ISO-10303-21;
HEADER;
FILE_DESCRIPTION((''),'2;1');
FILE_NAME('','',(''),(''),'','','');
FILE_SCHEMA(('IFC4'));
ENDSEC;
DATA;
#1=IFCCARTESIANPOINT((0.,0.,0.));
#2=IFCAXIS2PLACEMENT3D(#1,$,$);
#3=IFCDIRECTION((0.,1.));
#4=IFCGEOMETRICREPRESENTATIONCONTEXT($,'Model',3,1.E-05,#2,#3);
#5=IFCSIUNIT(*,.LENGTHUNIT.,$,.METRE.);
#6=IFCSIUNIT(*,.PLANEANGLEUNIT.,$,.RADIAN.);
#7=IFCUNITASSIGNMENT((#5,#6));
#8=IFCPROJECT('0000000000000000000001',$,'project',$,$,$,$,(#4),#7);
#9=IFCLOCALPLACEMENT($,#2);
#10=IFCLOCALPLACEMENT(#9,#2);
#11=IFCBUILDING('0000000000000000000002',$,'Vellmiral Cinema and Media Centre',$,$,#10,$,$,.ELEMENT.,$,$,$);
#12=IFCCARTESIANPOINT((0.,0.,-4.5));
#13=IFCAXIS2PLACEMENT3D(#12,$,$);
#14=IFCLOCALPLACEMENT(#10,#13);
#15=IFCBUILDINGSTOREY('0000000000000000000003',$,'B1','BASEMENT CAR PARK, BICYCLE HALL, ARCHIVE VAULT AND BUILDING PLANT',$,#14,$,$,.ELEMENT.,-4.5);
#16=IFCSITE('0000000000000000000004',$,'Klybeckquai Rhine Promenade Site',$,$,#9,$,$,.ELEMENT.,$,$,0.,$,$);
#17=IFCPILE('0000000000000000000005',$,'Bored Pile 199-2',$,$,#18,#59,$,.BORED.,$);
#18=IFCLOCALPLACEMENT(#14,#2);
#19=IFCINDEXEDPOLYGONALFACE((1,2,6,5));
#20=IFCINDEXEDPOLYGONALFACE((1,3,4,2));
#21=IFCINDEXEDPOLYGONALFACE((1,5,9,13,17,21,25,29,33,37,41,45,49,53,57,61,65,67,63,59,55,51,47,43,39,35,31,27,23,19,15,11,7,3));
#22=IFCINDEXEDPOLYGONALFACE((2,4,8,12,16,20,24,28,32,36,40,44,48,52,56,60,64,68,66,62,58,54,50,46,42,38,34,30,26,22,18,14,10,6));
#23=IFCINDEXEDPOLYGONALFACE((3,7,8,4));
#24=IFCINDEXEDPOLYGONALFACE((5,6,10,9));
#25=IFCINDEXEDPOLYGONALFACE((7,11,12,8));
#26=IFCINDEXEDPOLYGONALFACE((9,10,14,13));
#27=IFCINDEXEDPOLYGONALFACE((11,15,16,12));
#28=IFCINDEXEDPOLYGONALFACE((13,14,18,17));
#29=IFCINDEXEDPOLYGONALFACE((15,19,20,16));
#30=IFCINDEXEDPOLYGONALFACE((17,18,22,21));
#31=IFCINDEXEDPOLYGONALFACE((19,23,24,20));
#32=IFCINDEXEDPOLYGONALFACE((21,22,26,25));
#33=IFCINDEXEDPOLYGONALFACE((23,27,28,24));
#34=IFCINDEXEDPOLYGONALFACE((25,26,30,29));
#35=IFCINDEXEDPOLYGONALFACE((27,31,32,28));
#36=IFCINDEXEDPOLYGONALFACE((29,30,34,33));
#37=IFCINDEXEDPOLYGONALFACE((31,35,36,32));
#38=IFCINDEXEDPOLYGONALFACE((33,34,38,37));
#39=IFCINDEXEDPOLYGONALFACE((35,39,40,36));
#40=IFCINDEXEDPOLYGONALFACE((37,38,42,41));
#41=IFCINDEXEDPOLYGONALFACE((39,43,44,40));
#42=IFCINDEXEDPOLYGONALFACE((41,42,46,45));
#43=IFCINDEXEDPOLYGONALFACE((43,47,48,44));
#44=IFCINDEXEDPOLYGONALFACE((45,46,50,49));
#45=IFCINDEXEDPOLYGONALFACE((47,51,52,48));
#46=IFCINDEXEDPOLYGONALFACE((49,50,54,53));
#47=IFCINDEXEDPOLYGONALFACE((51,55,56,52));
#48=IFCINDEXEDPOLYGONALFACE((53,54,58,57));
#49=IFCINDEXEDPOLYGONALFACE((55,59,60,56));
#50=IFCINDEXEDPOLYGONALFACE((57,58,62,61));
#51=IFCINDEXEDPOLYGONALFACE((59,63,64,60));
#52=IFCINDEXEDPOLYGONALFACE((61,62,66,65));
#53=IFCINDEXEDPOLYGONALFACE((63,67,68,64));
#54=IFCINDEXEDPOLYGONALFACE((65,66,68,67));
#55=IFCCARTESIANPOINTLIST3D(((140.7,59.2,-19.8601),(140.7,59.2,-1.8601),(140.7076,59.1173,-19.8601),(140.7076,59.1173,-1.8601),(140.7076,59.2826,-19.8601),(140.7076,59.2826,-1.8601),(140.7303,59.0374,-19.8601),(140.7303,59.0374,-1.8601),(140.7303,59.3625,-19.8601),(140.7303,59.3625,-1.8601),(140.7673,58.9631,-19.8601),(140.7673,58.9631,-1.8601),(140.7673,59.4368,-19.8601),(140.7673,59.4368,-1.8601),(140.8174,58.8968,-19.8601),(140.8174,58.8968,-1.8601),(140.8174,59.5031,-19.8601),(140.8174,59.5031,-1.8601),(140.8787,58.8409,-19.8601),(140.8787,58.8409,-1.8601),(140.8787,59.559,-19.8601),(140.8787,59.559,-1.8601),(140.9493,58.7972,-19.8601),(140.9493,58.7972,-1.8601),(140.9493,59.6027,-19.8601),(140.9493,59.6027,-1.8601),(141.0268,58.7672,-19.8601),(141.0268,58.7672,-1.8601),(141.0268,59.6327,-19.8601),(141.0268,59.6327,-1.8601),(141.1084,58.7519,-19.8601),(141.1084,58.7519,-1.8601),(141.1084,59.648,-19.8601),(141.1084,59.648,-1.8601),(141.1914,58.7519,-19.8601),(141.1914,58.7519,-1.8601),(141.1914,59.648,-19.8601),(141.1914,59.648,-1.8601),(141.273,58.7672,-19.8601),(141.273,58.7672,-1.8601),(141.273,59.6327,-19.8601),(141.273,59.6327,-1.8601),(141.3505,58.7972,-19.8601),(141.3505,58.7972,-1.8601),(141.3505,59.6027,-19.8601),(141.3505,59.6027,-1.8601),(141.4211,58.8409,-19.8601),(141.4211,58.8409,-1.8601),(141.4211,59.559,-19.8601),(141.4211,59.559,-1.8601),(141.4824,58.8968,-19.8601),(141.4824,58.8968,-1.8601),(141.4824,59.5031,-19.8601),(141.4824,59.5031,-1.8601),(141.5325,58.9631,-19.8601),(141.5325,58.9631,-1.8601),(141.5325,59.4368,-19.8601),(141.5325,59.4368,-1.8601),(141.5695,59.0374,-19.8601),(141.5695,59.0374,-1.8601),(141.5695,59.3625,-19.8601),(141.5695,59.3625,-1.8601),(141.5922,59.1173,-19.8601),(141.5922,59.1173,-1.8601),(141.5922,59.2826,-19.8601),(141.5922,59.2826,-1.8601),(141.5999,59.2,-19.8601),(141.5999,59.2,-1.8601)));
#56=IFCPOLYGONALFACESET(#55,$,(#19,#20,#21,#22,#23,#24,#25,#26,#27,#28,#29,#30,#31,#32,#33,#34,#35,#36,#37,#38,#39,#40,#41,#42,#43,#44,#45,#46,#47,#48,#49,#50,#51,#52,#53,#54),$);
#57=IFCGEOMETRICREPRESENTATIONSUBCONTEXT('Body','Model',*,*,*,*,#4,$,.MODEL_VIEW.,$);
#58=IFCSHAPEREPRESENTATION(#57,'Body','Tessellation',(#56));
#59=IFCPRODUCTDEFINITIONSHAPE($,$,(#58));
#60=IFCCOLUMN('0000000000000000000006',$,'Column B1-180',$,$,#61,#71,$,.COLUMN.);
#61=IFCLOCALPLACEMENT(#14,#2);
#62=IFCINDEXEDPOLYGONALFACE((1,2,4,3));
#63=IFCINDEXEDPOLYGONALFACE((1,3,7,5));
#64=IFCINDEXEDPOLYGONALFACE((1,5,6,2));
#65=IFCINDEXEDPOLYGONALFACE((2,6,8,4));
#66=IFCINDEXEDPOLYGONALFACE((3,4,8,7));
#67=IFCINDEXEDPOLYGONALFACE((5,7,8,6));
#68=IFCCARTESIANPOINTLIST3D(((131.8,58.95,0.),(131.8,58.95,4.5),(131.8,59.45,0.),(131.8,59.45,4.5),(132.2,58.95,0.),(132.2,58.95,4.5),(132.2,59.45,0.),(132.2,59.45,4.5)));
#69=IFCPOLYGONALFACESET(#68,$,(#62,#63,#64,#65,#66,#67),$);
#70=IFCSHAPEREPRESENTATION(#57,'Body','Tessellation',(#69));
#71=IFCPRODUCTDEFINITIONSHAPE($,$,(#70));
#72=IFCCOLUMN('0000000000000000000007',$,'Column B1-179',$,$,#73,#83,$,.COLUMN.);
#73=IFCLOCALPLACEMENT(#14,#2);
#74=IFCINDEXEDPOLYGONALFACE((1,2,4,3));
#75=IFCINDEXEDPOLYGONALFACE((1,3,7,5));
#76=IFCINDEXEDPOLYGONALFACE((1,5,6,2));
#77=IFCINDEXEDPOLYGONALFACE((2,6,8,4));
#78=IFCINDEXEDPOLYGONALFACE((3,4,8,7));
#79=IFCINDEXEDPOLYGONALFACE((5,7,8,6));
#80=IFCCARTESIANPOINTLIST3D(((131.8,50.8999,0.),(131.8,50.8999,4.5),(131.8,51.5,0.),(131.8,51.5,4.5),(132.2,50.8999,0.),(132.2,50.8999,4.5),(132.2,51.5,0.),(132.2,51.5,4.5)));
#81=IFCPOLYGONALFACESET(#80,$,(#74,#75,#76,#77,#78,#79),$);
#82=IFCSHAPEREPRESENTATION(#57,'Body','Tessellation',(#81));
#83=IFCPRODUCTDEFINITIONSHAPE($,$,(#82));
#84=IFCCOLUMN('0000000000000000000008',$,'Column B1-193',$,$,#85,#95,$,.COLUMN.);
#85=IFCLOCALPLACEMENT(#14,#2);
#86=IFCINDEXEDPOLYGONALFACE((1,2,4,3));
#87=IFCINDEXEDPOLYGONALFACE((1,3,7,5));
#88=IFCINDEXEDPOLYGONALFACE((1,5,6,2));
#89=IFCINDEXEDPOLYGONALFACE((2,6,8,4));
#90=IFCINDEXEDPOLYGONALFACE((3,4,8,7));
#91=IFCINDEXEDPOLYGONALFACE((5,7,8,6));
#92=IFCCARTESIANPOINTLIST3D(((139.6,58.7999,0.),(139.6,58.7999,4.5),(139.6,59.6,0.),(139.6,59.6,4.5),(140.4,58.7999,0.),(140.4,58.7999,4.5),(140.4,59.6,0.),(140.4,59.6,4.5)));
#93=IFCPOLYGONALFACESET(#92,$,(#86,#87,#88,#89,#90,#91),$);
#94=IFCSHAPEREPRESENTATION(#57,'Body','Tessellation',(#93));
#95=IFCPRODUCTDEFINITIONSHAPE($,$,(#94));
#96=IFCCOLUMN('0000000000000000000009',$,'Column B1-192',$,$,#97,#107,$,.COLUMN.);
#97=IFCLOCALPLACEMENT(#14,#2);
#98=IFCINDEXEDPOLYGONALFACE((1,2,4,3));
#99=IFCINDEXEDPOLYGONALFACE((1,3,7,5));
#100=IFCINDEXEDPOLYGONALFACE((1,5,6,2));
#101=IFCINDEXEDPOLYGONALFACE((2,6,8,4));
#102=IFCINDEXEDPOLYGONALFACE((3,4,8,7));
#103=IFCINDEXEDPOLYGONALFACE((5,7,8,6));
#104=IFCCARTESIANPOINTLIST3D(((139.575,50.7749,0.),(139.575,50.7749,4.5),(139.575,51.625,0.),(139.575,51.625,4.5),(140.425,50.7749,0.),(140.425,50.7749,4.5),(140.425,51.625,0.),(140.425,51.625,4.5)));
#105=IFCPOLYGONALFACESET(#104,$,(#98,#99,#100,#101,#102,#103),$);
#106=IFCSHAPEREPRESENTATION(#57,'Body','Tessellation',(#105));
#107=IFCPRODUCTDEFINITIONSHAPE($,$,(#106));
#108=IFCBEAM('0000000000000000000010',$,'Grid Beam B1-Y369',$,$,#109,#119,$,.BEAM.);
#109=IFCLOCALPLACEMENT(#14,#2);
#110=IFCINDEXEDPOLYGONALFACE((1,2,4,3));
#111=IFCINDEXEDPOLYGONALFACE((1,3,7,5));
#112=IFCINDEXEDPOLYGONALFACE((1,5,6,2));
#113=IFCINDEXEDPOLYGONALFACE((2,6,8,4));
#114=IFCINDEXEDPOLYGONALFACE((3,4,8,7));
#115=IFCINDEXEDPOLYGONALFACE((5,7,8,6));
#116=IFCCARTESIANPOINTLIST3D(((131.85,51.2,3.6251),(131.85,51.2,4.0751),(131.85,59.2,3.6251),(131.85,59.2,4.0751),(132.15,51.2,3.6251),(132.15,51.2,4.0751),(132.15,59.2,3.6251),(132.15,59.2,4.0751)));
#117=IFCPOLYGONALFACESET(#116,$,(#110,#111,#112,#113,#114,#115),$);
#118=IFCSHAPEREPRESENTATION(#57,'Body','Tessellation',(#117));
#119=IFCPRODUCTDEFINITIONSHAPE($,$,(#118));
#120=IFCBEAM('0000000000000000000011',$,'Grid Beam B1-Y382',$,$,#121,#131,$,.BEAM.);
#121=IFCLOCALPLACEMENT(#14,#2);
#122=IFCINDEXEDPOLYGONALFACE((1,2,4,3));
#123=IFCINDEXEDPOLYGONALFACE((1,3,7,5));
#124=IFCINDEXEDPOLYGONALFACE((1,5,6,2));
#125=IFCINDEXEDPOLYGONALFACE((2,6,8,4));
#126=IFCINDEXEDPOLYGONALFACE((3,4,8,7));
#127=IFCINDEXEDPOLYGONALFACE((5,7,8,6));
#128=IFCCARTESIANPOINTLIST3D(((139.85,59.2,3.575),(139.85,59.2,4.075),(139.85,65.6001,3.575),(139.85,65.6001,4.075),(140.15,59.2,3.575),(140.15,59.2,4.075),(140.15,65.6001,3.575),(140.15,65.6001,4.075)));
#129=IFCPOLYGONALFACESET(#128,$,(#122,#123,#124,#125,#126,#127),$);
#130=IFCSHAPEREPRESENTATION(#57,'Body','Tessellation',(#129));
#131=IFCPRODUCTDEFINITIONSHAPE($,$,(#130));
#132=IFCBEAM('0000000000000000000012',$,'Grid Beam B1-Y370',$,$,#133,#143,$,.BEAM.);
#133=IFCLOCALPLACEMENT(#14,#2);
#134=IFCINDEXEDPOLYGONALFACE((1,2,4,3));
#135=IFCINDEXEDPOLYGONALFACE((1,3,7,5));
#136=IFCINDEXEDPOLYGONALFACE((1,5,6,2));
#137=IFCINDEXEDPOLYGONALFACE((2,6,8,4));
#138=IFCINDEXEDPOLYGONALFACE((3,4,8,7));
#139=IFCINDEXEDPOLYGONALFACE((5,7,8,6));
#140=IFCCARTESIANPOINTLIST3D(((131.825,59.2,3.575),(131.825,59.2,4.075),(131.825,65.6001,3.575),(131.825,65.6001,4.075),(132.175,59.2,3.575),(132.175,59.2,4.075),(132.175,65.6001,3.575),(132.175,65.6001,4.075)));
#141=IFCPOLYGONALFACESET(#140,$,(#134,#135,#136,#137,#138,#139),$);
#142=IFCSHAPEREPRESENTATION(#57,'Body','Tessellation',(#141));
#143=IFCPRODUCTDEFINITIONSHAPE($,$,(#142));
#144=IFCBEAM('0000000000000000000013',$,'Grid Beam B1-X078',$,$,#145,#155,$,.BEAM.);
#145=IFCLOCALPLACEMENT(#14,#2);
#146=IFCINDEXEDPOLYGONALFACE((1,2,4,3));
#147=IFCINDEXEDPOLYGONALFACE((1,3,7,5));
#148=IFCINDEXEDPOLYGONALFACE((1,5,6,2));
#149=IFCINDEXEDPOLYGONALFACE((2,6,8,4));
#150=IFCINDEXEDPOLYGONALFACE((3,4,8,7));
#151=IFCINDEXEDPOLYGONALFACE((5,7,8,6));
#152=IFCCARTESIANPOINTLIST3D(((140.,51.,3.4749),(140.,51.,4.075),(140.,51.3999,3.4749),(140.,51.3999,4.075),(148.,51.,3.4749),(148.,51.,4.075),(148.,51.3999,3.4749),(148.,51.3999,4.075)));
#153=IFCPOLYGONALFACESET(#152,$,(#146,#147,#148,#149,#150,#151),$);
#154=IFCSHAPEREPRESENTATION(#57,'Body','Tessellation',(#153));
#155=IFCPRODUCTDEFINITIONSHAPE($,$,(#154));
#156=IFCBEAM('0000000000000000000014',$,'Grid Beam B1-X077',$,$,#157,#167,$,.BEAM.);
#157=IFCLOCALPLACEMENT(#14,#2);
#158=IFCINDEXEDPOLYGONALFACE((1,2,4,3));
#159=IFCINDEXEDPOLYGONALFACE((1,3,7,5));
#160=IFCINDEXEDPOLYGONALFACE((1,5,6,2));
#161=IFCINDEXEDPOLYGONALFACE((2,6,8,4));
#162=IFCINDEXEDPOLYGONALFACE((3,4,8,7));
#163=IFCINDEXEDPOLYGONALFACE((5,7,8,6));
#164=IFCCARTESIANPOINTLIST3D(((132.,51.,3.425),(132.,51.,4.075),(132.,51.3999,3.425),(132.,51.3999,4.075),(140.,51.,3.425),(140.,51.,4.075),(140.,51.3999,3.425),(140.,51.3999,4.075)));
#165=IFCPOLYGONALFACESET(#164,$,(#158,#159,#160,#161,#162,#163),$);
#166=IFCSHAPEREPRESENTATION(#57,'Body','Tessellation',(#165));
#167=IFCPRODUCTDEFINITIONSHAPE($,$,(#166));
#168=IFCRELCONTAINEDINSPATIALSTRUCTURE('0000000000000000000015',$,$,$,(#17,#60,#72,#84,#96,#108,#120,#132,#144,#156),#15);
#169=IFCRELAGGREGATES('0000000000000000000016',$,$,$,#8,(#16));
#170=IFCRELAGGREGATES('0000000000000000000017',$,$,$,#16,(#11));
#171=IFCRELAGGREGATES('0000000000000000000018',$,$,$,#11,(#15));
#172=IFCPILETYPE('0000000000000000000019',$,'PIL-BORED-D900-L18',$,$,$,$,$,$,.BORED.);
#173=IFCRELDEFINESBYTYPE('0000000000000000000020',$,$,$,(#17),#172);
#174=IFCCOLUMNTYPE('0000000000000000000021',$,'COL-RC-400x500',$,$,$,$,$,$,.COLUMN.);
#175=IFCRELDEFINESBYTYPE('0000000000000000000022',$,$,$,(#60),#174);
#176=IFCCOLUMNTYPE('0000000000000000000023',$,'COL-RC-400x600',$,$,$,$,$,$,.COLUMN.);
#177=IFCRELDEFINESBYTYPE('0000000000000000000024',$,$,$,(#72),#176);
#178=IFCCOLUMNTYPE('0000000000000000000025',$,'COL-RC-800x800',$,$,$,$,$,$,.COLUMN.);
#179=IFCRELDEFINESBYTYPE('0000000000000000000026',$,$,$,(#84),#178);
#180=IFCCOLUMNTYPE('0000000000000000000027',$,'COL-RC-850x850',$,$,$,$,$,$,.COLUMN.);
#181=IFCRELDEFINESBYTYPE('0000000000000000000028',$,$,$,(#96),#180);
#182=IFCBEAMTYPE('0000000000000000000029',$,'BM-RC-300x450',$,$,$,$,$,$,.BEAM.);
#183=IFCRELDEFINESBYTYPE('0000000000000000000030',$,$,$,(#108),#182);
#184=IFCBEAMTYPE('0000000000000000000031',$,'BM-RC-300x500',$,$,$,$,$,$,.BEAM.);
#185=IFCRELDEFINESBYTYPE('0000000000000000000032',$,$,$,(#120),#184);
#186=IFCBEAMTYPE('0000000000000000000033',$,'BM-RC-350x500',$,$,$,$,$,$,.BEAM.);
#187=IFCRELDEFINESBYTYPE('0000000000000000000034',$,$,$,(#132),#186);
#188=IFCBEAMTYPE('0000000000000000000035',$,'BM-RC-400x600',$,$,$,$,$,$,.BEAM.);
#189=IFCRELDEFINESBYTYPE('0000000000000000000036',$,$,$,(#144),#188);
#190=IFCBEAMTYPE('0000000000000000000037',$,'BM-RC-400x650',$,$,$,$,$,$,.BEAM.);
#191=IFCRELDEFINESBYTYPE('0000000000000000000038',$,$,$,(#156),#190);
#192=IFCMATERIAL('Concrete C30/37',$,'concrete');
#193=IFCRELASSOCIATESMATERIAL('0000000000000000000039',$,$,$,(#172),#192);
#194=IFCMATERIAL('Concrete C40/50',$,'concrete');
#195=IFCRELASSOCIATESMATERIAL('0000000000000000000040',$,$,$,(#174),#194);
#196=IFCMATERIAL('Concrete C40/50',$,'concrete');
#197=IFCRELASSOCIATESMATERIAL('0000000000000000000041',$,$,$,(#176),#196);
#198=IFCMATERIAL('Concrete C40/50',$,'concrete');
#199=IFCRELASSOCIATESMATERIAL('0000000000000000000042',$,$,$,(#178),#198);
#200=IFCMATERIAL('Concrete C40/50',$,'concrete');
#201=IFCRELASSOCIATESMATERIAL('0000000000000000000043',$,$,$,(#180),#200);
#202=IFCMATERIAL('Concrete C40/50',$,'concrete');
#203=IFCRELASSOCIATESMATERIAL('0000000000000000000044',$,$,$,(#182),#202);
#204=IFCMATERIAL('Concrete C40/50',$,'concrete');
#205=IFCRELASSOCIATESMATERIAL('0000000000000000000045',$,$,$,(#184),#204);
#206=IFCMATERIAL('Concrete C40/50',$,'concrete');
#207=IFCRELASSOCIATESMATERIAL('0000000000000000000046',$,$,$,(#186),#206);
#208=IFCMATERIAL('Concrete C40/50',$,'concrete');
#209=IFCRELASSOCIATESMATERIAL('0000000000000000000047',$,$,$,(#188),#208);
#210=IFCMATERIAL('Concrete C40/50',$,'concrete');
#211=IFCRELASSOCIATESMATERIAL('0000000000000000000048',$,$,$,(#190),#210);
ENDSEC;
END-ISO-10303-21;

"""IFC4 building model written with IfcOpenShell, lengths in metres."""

from ifc_helpers import new_model, si_unit, direction, frame, origin, origin_2d, place, context, subcontext, project, spatial, rectangle, circle, extrude, material, material_profile, profile_set, type_object, element, save


model = new_model("IFC4")

# Units and contexts
model_context = context("Model", 3, precision=1e-05, world=origin(), true_north=direction((0.0, 1.0)))
body_context = subcontext(model_context, "Body", "Model", "MODEL_VIEW")
ifc_project = project(units=[si_unit("LENGTHUNIT", "METRE"), si_unit("PLANEANGLEUNIT", "RADIAN")], contexts=[model_context])

# Site, building, storey
site_placement = place(None, origin())
site = spatial("IfcSite", under=ifc_project, at=site_placement, Name="Klybeckquai Rhine Promenade Site", CompositionType="ELEMENT", RefElevation=0.0)
building_placement = place(site_placement, origin())
building = spatial("IfcBuilding", under=site, at=building_placement, Name="Vellmiral Cinema and Media Centre", CompositionType="ELEMENT")
storey_placement = place(building_placement, frame((0.0, 0.0, -4.5)))
storey = spatial("IfcBuildingStorey", under=building, at=storey_placement, Name="B1", Description="BASEMENT CAR PARK, BICYCLE HALL, ARCHIVE VAULT AND BUILDING PLANT", CompositionType="ELEMENT", Elevation=-4.5)

# Pile
ifc_material_1 = material(Name="Concrete C30/37", Category="concrete")
ifc_material_profile_1 = material_profile(ifc_material_1, circle(Radius=0.45, at=origin_2d()), Name="PILE D900")
ifc_profile_set_1 = profile_set([ifc_material_profile_1], Name="Concrete C30/37")
pile_type_1 = type_object("IfcPileType", Name="PIL-BORED-D900-L18", PredefinedType="BORED", material=ifc_profile_set_1)
for number, where, z_axis, x_axis, name in (
    (1, (141.1499, 59.2, -1.8601), (0.0, 0.0, -1.0), (1.0, 0.0, 0.0), "Bored Pile 199-2"),
):
    element("IfcPile", number, at=place(storey_placement, frame(where, z_axis=z_axis, x_axis=x_axis)), inside=storey, type_object=pile_type_1, Name=name, PredefinedType="BORED", context=body_context, shape_type="SweptSolid", body=[
        extrude(circle(Radius=0.45, at=origin_2d()), origin(), (0.0, 0.0, 1.0), 18.0),
    ])

# Columns
ifc_material_2 = material(Name="Concrete C40/50", Category="concrete")
ifc_material_profile_2 = material_profile(ifc_material_2, rectangle(XDim=0.3999, YDim=0.5, at=origin_2d()), Name="RC 400x500")
ifc_profile_set_2 = profile_set([ifc_material_profile_2], Name="Concrete C40/50")
column_type_1 = type_object("IfcColumnType", Name="COL-RC-400x500", PredefinedType="COLUMN", material=ifc_profile_set_2)
column_1_placement = place(storey_placement, frame((132.0, 59.2, 0.0), z_axis=(0.0, 0.0, 1.0), x_axis=(1.0, 0.0, 0.0)))
element("IfcColumn", 2, at=column_1_placement, inside=storey, type_object=column_type_1, Name="Column B1-180", PredefinedType="COLUMN", context=body_context, shape_type="SweptSolid", body=[
    extrude(rectangle(XDim=0.3999, YDim=0.5, at=origin_2d()), origin(), (0.0, 0.0, 1.0), 4.5),
])
ifc_material_3 = material(Name="Concrete C40/50", Category="concrete")
ifc_material_profile_3 = material_profile(ifc_material_3, rectangle(XDim=0.3999, YDim=0.6001, at=origin_2d()), Name="RC 400x600")
ifc_profile_set_3 = profile_set([ifc_material_profile_3], Name="Concrete C40/50")
column_type_2 = type_object("IfcColumnType", Name="COL-RC-400x600", PredefinedType="COLUMN", material=ifc_profile_set_3)
column_2_placement = place(storey_placement, frame((132.0, 51.2, 0.0), z_axis=(0.0, 0.0, 1.0), x_axis=(1.0, 0.0, 0.0)))
element("IfcColumn", 3, at=column_2_placement, inside=storey, type_object=column_type_2, Name="Column B1-179", PredefinedType="COLUMN", context=body_context, shape_type="SweptSolid", body=[
    extrude(rectangle(XDim=0.3999, YDim=0.6001, at=origin_2d()), origin(), (0.0, 0.0, 1.0), 4.5),
])
ifc_material_4 = material(Name="Concrete C40/50", Category="concrete")
ifc_material_profile_4 = material_profile(ifc_material_4, rectangle(XDim=0.8, YDim=0.8, at=origin_2d()), Name="RC 800x800")
ifc_profile_set_4 = profile_set([ifc_material_profile_4], Name="Concrete C40/50")
column_type_3 = type_object("IfcColumnType", Name="COL-RC-800x800", PredefinedType="COLUMN", material=ifc_profile_set_4)
column_3_placement = place(storey_placement, frame((140.0, 59.2, 0.0), z_axis=(0.0, 0.0, 1.0), x_axis=(1.0, 0.0, 0.0)))
element("IfcColumn", 4, at=column_3_placement, inside=storey, type_object=column_type_3, Name="Column B1-193", PredefinedType="COLUMN", context=body_context, shape_type="SweptSolid", body=[
    extrude(rectangle(XDim=0.8, YDim=0.8, at=origin_2d()), origin(), (0.0, 0.0, 1.0), 4.5),
])
ifc_material_5 = material(Name="Concrete C40/50", Category="concrete")
ifc_material_profile_5 = material_profile(ifc_material_5, rectangle(XDim=0.8501, YDim=0.8501, at=origin_2d()), Name="RC 850x850")
ifc_profile_set_5 = profile_set([ifc_material_profile_5], Name="Concrete C40/50")
column_type_4 = type_object("IfcColumnType", Name="COL-RC-850x850", PredefinedType="COLUMN", material=ifc_profile_set_5)
column_4_placement = place(storey_placement, frame((140.0, 51.2, 0.0), z_axis=(0.0, 0.0, 1.0), x_axis=(1.0, 0.0, 0.0)))
element("IfcColumn", 5, at=column_4_placement, inside=storey, type_object=column_type_4, Name="Column B1-192", PredefinedType="COLUMN", context=body_context, shape_type="SweptSolid", body=[
    extrude(rectangle(XDim=0.8501, YDim=0.8501, at=origin_2d()), origin(), (0.0, 0.0, 1.0), 4.5),
])

# Beams
ifc_material_6 = material(Name="Concrete C40/50", Category="concrete")
ifc_material_profile_6 = material_profile(ifc_material_6, rectangle(XDim=0.3, YDim=0.45, at=origin_2d()), Name="RC 300x450")
ifc_profile_set_6 = profile_set([ifc_material_profile_6], Name="Concrete C40/50")
beam_type_1 = type_object("IfcBeamType", Name="BM-RC-300x450", PredefinedType="BEAM", material=ifc_profile_set_6)
beam_1_placement = place(storey_placement, frame((132.0, 51.2, 3.8501), z_axis=(0.0, 1.0, 0.0), x_axis=(-1.0, 0.0, 0.0)))
element("IfcBeam", 6, at=beam_1_placement, inside=storey, type_object=beam_type_1, Name="Grid Beam B1-Y369", PredefinedType="BEAM", context=body_context, shape_type="SweptSolid", body=[
    extrude(rectangle(XDim=0.3, YDim=0.45, at=origin_2d()), origin(), (0.0, 0.0, 1.0), 8.0),
])
ifc_material_7 = material(Name="Concrete C40/50", Category="concrete")
ifc_material_profile_7 = material_profile(ifc_material_7, rectangle(XDim=0.3, YDim=0.5, at=origin_2d()), Name="RC 300x500")
ifc_profile_set_7 = profile_set([ifc_material_profile_7], Name="Concrete C40/50")
beam_type_2 = type_object("IfcBeamType", Name="BM-RC-300x500", PredefinedType="BEAM", material=ifc_profile_set_7)
beam_2_placement = place(storey_placement, frame((140.0, 59.2, 3.825), z_axis=(0.0, 1.0, 0.0), x_axis=(-1.0, 0.0, 0.0)))
element("IfcBeam", 7, at=beam_2_placement, inside=storey, type_object=beam_type_2, Name="Grid Beam B1-Y382", PredefinedType="BEAM", context=body_context, shape_type="SweptSolid", body=[
    extrude(rectangle(XDim=0.3, YDim=0.5, at=origin_2d()), origin(), (0.0, 0.0, 1.0), 6.4001),
])
ifc_material_8 = material(Name="Concrete C40/50", Category="concrete")
ifc_material_profile_8 = material_profile(ifc_material_8, rectangle(XDim=0.3501, YDim=0.5, at=origin_2d()), Name="RC 350x500")
ifc_profile_set_8 = profile_set([ifc_material_profile_8], Name="Concrete C40/50")
beam_type_3 = type_object("IfcBeamType", Name="BM-RC-350x500", PredefinedType="BEAM", material=ifc_profile_set_8)
beam_3_placement = place(storey_placement, frame((132.0, 59.2, 3.825), z_axis=(0.0, 1.0, 0.0), x_axis=(-1.0, 0.0, 0.0)))
element("IfcBeam", 8, at=beam_3_placement, inside=storey, type_object=beam_type_3, Name="Grid Beam B1-Y370", PredefinedType="BEAM", context=body_context, shape_type="SweptSolid", body=[
    extrude(rectangle(XDim=0.3501, YDim=0.5, at=origin_2d()), origin(), (0.0, 0.0, 1.0), 6.4001),
])
ifc_material_9 = material(Name="Concrete C40/50", Category="concrete")
ifc_material_profile_9 = material_profile(ifc_material_9, rectangle(XDim=0.3999, YDim=0.6001, at=origin_2d()), Name="RC 400x600")
ifc_profile_set_9 = profile_set([ifc_material_profile_9], Name="Concrete C40/50")
beam_type_4 = type_object("IfcBeamType", Name="BM-RC-400x600", PredefinedType="BEAM", material=ifc_profile_set_9)
beam_4_placement = place(storey_placement, frame((140.0, 51.2, 3.7749), z_axis=(1.0, 0.0, 0.0), x_axis=(0.0, 1.0, 0.0)))
element("IfcBeam", 9, at=beam_4_placement, inside=storey, type_object=beam_type_4, Name="Grid Beam B1-X078", PredefinedType="BEAM", context=body_context, shape_type="SweptSolid", body=[
    extrude(rectangle(XDim=0.3999, YDim=0.6001, at=origin_2d()), origin(), (0.0, 0.0, 1.0), 8.0),
])
ifc_material_10 = material(Name="Concrete C40/50", Category="concrete")
ifc_material_profile_10 = material_profile(ifc_material_10, rectangle(XDim=0.3999, YDim=0.6499, at=origin_2d()), Name="RC 400x650")
ifc_profile_set_10 = profile_set([ifc_material_profile_10], Name="Concrete C40/50")
beam_type_5 = type_object("IfcBeamType", Name="BM-RC-400x650", PredefinedType="BEAM", material=ifc_profile_set_10)
beam_5_placement = place(storey_placement, frame((132.0, 51.2, 3.75), z_axis=(1.0, 0.0, 0.0), x_axis=(0.0, 1.0, 0.0)))
element("IfcBeam", 10, at=beam_5_placement, inside=storey, type_object=beam_type_5, Name="Grid Beam B1-X077", PredefinedType="BEAM", context=body_context, shape_type="SweptSolid", body=[
    extrude(rectangle(XDim=0.3999, YDim=0.6499, at=origin_2d()), origin(), (0.0, 0.0, 1.0), 8.0),
])

save(model, "model.ifc")
